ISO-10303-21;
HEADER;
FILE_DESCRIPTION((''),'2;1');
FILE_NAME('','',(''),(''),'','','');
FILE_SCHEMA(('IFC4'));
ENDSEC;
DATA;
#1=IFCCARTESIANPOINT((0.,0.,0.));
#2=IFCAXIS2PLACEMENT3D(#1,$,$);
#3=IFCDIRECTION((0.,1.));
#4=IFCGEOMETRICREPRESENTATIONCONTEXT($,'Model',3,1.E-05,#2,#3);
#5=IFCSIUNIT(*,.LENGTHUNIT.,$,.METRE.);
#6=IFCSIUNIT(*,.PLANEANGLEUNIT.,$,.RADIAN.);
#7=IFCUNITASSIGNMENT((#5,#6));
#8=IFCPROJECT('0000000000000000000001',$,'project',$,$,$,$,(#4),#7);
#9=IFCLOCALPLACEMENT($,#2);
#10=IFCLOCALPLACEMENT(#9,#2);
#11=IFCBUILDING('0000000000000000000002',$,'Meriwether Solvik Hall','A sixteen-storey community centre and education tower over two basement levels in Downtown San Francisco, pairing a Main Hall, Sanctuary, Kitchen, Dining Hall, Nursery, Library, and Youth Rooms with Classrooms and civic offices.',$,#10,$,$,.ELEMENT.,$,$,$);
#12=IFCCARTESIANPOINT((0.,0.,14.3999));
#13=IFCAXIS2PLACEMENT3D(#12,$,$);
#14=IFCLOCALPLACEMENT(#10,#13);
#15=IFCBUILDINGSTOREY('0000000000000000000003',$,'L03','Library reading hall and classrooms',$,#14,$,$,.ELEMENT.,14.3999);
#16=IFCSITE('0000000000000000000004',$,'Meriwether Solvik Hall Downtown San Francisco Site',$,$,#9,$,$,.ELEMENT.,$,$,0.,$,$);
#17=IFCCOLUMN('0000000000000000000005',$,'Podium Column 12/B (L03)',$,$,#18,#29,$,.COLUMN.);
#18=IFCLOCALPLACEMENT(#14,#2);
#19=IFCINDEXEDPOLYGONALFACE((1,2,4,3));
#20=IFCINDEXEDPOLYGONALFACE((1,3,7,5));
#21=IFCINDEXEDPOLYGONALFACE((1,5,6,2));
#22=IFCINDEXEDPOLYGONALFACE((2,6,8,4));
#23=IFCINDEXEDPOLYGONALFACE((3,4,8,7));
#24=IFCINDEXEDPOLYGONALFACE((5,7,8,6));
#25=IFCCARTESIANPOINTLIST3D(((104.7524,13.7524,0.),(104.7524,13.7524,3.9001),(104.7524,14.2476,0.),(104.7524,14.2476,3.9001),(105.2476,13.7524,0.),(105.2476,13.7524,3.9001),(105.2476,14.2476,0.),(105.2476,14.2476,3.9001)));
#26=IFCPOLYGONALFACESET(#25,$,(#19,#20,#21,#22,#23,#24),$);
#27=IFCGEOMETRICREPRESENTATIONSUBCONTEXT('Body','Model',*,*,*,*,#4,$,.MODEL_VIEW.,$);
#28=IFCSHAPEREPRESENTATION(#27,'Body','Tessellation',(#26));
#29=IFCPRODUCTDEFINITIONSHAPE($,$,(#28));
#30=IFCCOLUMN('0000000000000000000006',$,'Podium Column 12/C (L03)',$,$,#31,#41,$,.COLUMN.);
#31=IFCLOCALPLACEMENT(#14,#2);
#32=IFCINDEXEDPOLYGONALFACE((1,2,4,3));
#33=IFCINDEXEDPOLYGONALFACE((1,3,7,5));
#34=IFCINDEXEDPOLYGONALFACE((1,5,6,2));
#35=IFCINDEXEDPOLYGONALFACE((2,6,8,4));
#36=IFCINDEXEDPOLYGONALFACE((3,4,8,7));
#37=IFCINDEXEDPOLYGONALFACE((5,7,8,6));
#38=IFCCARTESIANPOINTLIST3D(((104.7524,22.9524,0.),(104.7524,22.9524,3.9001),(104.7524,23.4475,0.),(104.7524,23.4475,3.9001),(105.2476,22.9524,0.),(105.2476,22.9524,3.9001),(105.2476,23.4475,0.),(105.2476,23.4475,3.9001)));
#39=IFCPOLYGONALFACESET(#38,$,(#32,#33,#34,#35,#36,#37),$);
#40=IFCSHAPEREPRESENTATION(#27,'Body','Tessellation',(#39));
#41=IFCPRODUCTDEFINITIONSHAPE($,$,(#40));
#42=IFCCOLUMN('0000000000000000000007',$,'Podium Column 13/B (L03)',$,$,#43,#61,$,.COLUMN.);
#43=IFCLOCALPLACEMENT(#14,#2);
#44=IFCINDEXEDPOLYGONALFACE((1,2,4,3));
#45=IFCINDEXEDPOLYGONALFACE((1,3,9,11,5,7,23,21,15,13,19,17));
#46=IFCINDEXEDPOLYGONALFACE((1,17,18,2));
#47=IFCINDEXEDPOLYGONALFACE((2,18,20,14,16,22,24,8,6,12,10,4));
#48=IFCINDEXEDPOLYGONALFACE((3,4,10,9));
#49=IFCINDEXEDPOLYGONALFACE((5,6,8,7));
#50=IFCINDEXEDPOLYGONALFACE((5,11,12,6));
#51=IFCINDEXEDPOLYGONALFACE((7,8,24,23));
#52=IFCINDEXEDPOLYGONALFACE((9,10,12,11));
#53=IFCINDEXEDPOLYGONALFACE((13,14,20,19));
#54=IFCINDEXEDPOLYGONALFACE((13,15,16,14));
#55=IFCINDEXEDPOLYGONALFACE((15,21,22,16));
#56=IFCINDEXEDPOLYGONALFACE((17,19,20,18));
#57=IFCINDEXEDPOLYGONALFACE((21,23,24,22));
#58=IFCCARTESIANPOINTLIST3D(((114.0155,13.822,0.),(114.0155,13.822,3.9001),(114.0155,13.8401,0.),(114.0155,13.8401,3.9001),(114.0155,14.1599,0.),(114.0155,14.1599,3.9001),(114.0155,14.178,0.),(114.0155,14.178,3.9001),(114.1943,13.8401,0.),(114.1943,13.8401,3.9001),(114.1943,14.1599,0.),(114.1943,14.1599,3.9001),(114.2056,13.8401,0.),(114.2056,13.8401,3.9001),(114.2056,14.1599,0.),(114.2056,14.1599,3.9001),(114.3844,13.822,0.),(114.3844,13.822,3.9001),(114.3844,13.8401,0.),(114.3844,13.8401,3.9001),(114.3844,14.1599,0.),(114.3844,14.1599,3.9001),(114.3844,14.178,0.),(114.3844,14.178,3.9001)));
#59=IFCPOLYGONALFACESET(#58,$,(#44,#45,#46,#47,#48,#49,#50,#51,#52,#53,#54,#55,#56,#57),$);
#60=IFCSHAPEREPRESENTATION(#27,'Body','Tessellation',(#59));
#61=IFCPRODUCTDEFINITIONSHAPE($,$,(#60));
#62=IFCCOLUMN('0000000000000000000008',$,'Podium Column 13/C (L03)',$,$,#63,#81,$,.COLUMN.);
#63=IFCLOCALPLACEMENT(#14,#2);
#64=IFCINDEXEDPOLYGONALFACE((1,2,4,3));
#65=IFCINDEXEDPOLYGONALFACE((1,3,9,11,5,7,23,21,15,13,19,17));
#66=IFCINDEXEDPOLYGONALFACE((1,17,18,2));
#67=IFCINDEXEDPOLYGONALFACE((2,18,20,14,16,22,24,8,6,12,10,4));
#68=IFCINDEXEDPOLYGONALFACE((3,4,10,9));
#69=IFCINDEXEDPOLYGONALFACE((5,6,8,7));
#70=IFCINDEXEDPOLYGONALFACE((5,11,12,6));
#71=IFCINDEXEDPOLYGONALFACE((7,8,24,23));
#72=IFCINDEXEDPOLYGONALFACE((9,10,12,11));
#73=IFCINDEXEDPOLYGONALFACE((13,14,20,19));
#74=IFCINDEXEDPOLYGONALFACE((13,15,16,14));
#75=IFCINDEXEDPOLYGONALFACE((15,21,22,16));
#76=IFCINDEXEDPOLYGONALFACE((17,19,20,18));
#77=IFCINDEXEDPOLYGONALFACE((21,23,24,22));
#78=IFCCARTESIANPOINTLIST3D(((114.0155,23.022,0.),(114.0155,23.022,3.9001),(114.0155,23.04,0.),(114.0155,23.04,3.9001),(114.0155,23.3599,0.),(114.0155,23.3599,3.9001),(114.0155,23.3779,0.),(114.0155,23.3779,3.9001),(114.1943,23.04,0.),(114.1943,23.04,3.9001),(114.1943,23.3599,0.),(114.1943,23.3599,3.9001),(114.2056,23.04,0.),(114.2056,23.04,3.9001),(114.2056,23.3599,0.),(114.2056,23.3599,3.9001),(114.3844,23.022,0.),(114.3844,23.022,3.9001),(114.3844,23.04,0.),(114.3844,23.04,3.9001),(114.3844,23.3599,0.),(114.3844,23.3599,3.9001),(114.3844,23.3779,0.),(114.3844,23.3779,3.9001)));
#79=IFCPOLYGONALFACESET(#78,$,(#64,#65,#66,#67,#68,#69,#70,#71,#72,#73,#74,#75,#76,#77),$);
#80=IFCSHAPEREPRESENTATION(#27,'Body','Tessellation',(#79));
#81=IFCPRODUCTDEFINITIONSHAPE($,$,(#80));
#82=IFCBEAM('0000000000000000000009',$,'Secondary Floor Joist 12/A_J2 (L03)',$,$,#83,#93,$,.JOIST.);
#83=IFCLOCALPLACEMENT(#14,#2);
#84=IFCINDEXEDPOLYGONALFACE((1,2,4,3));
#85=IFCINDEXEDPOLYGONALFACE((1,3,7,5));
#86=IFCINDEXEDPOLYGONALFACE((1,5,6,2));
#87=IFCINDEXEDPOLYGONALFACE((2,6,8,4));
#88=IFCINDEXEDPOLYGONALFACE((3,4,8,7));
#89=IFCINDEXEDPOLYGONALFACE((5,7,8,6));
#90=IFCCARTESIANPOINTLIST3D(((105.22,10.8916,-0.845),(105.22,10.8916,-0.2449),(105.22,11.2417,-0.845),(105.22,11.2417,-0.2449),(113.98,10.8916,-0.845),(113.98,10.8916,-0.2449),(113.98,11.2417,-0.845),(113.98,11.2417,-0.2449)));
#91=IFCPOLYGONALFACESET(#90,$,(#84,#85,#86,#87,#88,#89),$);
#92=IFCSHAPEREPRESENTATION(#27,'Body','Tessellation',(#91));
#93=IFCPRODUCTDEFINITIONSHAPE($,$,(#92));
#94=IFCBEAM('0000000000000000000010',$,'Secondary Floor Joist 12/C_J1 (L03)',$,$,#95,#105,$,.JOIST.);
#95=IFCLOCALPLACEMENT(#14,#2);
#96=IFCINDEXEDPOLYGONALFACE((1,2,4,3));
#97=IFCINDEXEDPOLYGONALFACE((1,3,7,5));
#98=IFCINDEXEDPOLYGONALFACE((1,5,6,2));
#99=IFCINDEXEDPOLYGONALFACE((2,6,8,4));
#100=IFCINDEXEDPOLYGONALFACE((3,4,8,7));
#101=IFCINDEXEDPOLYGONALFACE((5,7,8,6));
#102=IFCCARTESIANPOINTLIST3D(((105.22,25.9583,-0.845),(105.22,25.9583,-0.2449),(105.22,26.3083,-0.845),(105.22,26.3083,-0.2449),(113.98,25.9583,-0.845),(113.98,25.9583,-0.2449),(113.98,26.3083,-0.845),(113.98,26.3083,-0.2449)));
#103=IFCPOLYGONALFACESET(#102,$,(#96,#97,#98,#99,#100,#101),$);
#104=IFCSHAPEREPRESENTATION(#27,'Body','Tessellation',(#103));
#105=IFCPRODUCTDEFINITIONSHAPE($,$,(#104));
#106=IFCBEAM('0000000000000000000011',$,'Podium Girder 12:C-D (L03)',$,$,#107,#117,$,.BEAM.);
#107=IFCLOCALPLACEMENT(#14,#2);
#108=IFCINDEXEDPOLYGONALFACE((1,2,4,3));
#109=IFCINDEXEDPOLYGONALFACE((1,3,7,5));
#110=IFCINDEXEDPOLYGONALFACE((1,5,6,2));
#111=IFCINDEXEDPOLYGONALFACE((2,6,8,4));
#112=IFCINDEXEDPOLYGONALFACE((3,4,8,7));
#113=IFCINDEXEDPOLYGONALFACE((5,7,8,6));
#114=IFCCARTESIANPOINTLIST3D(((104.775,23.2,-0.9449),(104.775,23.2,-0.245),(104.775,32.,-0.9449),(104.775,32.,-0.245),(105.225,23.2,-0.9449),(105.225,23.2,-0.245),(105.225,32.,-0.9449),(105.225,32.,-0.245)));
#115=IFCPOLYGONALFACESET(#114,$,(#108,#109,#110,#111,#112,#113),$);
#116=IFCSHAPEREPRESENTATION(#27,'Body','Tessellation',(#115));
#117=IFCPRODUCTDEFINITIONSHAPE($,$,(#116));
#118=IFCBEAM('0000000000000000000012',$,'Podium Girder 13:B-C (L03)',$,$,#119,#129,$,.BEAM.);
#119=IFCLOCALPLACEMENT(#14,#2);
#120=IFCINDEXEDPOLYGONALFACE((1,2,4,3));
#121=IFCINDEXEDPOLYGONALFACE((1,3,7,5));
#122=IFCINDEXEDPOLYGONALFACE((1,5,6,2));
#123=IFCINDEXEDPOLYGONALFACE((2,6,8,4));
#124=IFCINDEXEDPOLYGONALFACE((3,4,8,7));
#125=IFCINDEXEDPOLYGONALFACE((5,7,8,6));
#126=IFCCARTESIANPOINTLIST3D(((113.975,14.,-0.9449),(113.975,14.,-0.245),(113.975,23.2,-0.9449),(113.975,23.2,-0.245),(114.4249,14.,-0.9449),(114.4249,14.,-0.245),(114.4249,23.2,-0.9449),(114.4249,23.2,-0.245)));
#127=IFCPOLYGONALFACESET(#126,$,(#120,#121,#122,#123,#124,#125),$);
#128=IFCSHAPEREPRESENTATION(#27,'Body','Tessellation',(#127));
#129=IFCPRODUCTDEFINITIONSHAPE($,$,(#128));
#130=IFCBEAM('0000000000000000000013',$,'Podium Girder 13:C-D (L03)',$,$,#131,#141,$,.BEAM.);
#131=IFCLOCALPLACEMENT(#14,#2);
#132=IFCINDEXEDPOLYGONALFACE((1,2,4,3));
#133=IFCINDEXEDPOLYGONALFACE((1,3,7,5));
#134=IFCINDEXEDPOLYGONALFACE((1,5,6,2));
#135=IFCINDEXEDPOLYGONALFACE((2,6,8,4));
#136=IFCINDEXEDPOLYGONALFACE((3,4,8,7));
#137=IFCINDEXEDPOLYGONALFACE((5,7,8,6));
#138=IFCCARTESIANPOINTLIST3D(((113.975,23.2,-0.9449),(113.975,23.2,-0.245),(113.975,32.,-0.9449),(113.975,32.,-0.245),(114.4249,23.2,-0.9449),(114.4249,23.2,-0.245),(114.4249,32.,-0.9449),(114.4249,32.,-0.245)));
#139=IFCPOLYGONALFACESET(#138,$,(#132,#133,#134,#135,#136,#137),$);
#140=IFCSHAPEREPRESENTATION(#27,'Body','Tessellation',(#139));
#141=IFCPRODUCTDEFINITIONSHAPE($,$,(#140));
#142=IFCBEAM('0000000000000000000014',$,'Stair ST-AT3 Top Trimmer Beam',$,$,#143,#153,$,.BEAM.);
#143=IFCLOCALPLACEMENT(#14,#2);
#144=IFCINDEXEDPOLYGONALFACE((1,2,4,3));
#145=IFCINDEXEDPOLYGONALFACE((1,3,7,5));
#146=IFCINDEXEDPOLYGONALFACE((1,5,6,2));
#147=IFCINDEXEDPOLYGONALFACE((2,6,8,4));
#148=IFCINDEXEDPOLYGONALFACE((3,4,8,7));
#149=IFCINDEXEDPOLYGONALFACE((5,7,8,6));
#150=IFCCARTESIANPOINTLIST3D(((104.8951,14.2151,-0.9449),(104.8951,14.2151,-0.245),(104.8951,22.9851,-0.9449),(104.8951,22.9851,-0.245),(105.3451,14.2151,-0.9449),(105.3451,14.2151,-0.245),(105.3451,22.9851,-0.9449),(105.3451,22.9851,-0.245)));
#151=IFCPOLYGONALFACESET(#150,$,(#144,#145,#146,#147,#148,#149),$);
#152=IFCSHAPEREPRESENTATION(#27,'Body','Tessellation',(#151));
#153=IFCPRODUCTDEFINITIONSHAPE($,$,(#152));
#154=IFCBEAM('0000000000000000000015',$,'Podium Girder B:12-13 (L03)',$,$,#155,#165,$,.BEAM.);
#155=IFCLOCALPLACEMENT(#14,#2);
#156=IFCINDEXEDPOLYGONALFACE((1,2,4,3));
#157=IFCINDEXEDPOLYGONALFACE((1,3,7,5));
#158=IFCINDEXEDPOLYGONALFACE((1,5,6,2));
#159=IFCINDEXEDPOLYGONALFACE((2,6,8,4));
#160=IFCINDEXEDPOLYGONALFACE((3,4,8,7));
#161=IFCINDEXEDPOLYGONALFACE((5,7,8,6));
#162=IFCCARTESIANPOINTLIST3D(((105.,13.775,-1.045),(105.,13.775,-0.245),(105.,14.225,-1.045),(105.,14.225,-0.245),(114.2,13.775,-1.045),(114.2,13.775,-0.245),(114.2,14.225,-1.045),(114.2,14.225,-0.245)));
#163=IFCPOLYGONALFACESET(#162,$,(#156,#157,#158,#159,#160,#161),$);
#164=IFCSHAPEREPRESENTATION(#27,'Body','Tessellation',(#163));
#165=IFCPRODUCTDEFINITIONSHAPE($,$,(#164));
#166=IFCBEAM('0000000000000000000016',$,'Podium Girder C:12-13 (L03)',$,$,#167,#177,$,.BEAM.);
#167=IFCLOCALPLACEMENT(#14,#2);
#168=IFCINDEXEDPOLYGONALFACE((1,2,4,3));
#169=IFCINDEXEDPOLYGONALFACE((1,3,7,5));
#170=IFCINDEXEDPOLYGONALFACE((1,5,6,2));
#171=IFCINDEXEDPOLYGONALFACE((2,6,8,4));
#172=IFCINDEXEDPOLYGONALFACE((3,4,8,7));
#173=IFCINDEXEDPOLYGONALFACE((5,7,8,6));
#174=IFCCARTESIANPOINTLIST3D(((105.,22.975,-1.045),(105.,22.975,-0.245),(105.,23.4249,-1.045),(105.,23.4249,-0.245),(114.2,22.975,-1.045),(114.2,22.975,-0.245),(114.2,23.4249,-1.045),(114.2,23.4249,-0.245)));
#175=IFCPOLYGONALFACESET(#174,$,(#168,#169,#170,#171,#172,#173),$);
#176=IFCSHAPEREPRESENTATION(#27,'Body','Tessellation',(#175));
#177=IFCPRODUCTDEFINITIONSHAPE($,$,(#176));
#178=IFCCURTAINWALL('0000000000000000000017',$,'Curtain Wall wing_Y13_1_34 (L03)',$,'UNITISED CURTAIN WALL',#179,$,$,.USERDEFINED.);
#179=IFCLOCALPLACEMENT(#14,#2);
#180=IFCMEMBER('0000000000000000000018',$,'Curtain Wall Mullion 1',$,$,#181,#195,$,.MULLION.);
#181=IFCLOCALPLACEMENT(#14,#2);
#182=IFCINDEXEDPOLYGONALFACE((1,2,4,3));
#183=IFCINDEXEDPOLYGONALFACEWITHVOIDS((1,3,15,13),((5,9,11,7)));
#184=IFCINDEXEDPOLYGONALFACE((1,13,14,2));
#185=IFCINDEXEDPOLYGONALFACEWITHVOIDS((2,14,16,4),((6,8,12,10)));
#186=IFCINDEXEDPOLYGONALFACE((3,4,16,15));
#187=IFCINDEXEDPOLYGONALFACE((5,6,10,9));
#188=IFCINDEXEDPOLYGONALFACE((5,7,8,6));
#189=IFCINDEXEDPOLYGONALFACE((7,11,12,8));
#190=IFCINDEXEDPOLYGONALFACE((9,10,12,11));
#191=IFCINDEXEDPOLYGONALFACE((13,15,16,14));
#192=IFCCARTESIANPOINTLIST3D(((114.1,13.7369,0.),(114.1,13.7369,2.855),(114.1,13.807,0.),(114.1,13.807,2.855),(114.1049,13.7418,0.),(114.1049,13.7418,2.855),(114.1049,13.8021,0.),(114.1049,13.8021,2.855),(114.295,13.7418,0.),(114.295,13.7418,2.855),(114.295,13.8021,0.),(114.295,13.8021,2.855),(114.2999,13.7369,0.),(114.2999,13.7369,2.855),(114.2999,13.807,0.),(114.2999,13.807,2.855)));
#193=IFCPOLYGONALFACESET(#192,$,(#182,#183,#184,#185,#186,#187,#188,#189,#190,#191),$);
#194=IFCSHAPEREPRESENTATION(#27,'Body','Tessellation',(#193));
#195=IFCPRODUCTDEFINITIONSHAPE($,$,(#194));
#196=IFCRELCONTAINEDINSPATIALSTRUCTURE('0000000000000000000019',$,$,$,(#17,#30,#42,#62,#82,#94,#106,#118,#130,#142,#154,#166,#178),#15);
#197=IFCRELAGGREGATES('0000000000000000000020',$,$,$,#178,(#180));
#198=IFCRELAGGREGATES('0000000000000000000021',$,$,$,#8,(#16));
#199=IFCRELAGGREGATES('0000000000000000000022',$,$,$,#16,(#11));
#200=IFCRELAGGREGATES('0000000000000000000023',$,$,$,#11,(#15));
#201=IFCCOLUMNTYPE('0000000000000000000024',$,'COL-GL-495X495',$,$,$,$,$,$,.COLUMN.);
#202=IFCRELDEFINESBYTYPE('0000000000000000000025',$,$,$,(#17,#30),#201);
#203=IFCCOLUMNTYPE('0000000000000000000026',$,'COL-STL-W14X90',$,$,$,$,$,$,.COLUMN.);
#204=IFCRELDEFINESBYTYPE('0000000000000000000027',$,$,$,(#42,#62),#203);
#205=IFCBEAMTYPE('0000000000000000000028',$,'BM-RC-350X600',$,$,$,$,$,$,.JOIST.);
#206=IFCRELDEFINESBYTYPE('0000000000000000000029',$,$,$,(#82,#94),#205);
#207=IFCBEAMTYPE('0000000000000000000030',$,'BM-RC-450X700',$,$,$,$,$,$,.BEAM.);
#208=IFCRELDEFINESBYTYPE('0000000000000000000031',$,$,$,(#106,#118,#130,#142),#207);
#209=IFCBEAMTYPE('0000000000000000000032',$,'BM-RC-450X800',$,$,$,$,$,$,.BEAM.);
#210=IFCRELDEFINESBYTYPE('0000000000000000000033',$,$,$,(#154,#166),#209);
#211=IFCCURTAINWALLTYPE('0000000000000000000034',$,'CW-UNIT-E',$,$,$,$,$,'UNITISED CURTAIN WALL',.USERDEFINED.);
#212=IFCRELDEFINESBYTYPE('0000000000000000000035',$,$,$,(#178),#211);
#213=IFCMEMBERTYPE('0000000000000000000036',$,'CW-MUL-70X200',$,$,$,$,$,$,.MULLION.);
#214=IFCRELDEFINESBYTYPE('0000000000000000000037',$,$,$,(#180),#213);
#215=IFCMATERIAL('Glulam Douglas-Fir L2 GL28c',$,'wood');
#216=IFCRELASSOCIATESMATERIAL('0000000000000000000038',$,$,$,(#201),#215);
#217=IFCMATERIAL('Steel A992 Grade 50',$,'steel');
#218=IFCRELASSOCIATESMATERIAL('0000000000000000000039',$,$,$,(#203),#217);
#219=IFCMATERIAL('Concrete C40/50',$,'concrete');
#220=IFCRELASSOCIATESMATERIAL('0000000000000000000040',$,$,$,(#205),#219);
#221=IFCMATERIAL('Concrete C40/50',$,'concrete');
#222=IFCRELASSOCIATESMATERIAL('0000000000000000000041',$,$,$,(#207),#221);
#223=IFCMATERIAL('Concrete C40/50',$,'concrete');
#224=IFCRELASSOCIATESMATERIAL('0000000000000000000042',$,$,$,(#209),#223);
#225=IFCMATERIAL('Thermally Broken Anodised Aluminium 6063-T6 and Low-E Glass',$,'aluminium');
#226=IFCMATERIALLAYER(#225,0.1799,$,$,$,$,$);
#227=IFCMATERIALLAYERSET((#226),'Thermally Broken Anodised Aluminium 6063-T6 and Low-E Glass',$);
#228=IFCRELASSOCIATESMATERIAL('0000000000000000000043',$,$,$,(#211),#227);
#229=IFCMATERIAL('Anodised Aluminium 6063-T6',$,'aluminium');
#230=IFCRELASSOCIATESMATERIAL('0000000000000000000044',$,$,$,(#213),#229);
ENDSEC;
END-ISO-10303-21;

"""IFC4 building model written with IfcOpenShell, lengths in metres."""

from ifc_helpers import new_model, si_unit, direction, frame, origin, origin_2d, place, context, subcontext, project, spatial, rectangle, hollow_rectangle, i_section, extrude, material, layer, layer_set, material_profile, profile_set, type_object, element, aggregate, save


model = new_model("IFC4")

# Units and contexts
model_context = context("Model", 3, precision=1e-05, world=origin(), true_north=direction((0.0, 1.0)))
body_context = subcontext(model_context, "Body", "Model", "MODEL_VIEW")
ifc_project = project(units=[si_unit("LENGTHUNIT", "METRE"), si_unit("PLANEANGLEUNIT", "RADIAN")], contexts=[model_context])

# Site, building, storey
site_placement = place(None, origin())
site = spatial("IfcSite", under=ifc_project, at=site_placement, Name="Meriwether Solvik Hall Downtown San Francisco Site", CompositionType="ELEMENT", RefElevation=0.0)
building_placement = place(site_placement, origin())
building = spatial("IfcBuilding", under=site, at=building_placement, Name="Meriwether Solvik Hall", Description="A sixteen-storey community centre and education tower over two basement levels in Downtown San Francisco, pairing a Main Hall, Sanctuary, Kitchen, Dining Hall, Nursery, Library, and Youth Rooms with Classrooms and civic offices.", CompositionType="ELEMENT")
storey_placement = place(building_placement, frame((0.0, 0.0, 14.3999)))
storey = spatial("IfcBuildingStorey", under=building, at=storey_placement, Name="L03", Description="Library reading hall and classrooms", CompositionType="ELEMENT", Elevation=14.3999)

# Columns
ifc_material_1 = material(Name="Glulam Douglas-Fir L2 GL28c", Category="wood")
ifc_material_profile_1 = material_profile(ifc_material_1, rectangle(XDim=0.4951, YDim=0.4951, at=origin_2d()), Name="GLC-495X495")
ifc_profile_set_1 = profile_set([ifc_material_profile_1], Name="Glulam Douglas-Fir L2 GL28c")
column_type_1 = type_object("IfcColumnType", Name="COL-GL-495X495", PredefinedType="COLUMN", material=ifc_profile_set_1)
for number, where, z_axis, x_axis, name in (
    (1, (105.0, 14.0, 0.0), (0.0, 0.0, 1.0), (1.0, 0.0, 0.0), "Podium Column 12/B (L03)"),
    (2, (105.0, 23.2, 0.0), (0.0, 0.0, 1.0), (1.0, 0.0, 0.0), "Podium Column 12/C (L03)"),
):
    element("IfcColumn", number, at=place(storey_placement, frame(where, z_axis=z_axis, x_axis=x_axis)), inside=storey, type_object=column_type_1, Name=name, PredefinedType="COLUMN", context=body_context, shape_type="SweptSolid", body=[
        extrude(rectangle(XDim=0.4951, YDim=0.4951, at=origin_2d()), origin(), (0.0, 0.0, 1.0), 3.9001),
    ])
ifc_material_2 = material(Name="Steel A992 Grade 50", Category="steel")
ifc_material_profile_2 = material_profile(ifc_material_2, i_section(OverallWidth=0.3689, OverallDepth=0.356, WebThickness=0.0112, FlangeThickness=0.0181, at=origin_2d()), Name="W14X90")
ifc_profile_set_2 = profile_set([ifc_material_profile_2], Name="Steel A992 Grade 50")
column_type_2 = type_object("IfcColumnType", Name="COL-STL-W14X90", PredefinedType="COLUMN", material=ifc_profile_set_2)
for number, where, z_axis, x_axis, name in (
    (3, (114.2, 14.0, 0.0), (0.0, 0.0, 1.0), (1.0, 0.0, 0.0), "Podium Column 13/B (L03)"),
    (4, (114.2, 23.2, 0.0), (0.0, 0.0, 1.0), (1.0, 0.0, 0.0), "Podium Column 13/C (L03)"),
):
    element("IfcColumn", number, at=place(storey_placement, frame(where, z_axis=z_axis, x_axis=x_axis)), inside=storey, type_object=column_type_2, Name=name, PredefinedType="COLUMN", context=body_context, shape_type="SweptSolid", body=[
        extrude(i_section(OverallWidth=0.3689, OverallDepth=0.356, WebThickness=0.0112, FlangeThickness=0.0181, at=origin_2d()), origin(), (0.0, 0.0, 1.0), 3.9001),
    ])

# Beams
ifc_material_3 = material(Name="Concrete C40/50", Category="concrete")
ifc_material_profile_3 = material_profile(ifc_material_3, rectangle(XDim=0.3501, YDim=0.6001, at=origin_2d()), Name="RCB-350X600")
ifc_profile_set_3 = profile_set([ifc_material_profile_3], Name="Concrete C40/50")
beam_type_1 = type_object("IfcBeamType", Name="BM-RC-350X600", PredefinedType="JOIST", material=ifc_profile_set_3)
for number, where, z_axis, x_axis, name in (
    (5, (105.22, 11.0667, -0.5449), (1.0, 0.0, 0.0), (0.0, 1.0, 0.0), "Secondary Floor Joist 12/A_J2 (L03)"),
    (6, (105.22, 26.1333, -0.5449), (1.0, 0.0, 0.0), (0.0, 1.0, 0.0), "Secondary Floor Joist 12/C_J1 (L03)"),
):
    element("IfcBeam", number, at=place(storey_placement, frame(where, z_axis=z_axis, x_axis=x_axis)), inside=storey, type_object=beam_type_1, Name=name, PredefinedType="JOIST", context=body_context, shape_type="SweptSolid", body=[
        extrude(rectangle(XDim=0.3501, YDim=0.6001, at=origin_2d()), origin(), (0.0, 0.0, 1.0), 8.76),
    ])
ifc_material_4 = material(Name="Concrete C40/50", Category="concrete")
ifc_material_profile_4 = material_profile(ifc_material_4, rectangle(XDim=0.45, YDim=0.7, at=origin_2d()), Name="RCB-450X700")
ifc_profile_set_4 = profile_set([ifc_material_profile_4], Name="Concrete C40/50")
beam_type_2 = type_object("IfcBeamType", Name="BM-RC-450X700", PredefinedType="BEAM", material=ifc_profile_set_4)
beam_1_placement = place(storey_placement, frame((105.0, 23.2, -0.595), z_axis=(0.0, 1.0, 0.0), x_axis=(-1.0, 0.0, 0.0)))
element("IfcBeam", 7, at=beam_1_placement, inside=storey, type_object=beam_type_2, Name="Podium Girder 12:C-D (L03)", PredefinedType="BEAM", context=body_context, shape_type="SweptSolid", body=[
    extrude(rectangle(XDim=0.45, YDim=0.7, at=origin_2d()), origin(), (0.0, 0.0, 1.0), 8.8),
])
beam_2_placement = place(storey_placement, frame((114.2, 14.0, -0.595), z_axis=(0.0, 1.0, 0.0), x_axis=(-1.0, 0.0, 0.0)))
element("IfcBeam", 8, at=beam_2_placement, inside=storey, type_object=beam_type_2, Name="Podium Girder 13:B-C (L03)", PredefinedType="BEAM", context=body_context, shape_type="SweptSolid", body=[
    extrude(rectangle(XDim=0.45, YDim=0.7, at=origin_2d()), origin(), (0.0, 0.0, 1.0), 9.2),
])
beam_3_placement = place(storey_placement, frame((114.2, 23.2, -0.595), z_axis=(0.0, 1.0, 0.0), x_axis=(-1.0, 0.0, 0.0)))
element("IfcBeam", 9, at=beam_3_placement, inside=storey, type_object=beam_type_2, Name="Podium Girder 13:C-D (L03)", PredefinedType="BEAM", context=body_context, shape_type="SweptSolid", body=[
    extrude(rectangle(XDim=0.45, YDim=0.7, at=origin_2d()), origin(), (0.0, 0.0, 1.0), 8.8),
])
beam_4_placement = place(storey_placement, frame((105.1201, 14.2151, -0.595), z_axis=(0.0, 1.0, 0.0), x_axis=(-1.0, 0.0, 0.0)))
element("IfcBeam", 10, at=beam_4_placement, inside=storey, type_object=beam_type_2, Name="Stair ST-AT3 Top Trimmer Beam", PredefinedType="BEAM", context=body_context, shape_type="SweptSolid", body=[
    extrude(rectangle(XDim=0.45, YDim=0.7, at=origin_2d()), origin(), (0.0, 0.0, 1.0), 8.77),
])
ifc_material_5 = material(Name="Concrete C40/50", Category="concrete")
ifc_material_profile_5 = material_profile(ifc_material_5, rectangle(XDim=0.45, YDim=0.8, at=origin_2d()), Name="RCB-450X800")
ifc_profile_set_5 = profile_set([ifc_material_profile_5], Name="Concrete C40/50")
beam_type_3 = type_object("IfcBeamType", Name="BM-RC-450X800", PredefinedType="BEAM", material=ifc_profile_set_5)
for number, where, z_axis, x_axis, name in (
    (11, (105.0, 14.0, -0.645), (1.0, 0.0, 0.0), (0.0, 1.0, 0.0), "Podium Girder B:12-13 (L03)"),
    (12, (105.0, 23.2, -0.645), (1.0, 0.0, 0.0), (0.0, 1.0, 0.0), "Podium Girder C:12-13 (L03)"),
):
    element("IfcBeam", number, at=place(storey_placement, frame(where, z_axis=z_axis, x_axis=x_axis)), inside=storey, type_object=beam_type_3, Name=name, PredefinedType="BEAM", context=body_context, shape_type="SweptSolid", body=[
        extrude(rectangle(XDim=0.45, YDim=0.8, at=origin_2d()), origin(), (0.0, 0.0, 1.0), 9.2),
    ])

# Curtain wall, member
ifc_material_6 = material(Name="Thermally Broken Anodised Aluminium 6063-T6 and Low-E Glass", Category="aluminium")
ifc_layer_1 = layer(ifc_material_6, 0.1799)
ifc_layer_set_1 = layer_set([ifc_layer_1], Name="Thermally Broken Anodised Aluminium 6063-T6 and Low-E Glass")
curtain_wall_type = type_object("IfcCurtainWallType", Name="CW-UNIT-E", ElementType="UNITISED CURTAIN WALL", PredefinedType="USERDEFINED", material=ifc_layer_set_1)
curtain_wall_placement = place(storey_placement, origin())
curtain_wall = element("IfcCurtainWall", 13, at=curtain_wall_placement, inside=storey, type_object=curtain_wall_type, Name="Curtain Wall wing_Y13_1_34 (L03)", ObjectType="UNITISED CURTAIN WALL", PredefinedType="USERDEFINED")
ifc_material_7 = material(Name="Anodised Aluminium 6063-T6", Category="aluminium")
ifc_material_profile_6 = material_profile(ifc_material_7, hollow_rectangle(XDim=0.0701, YDim=0.2, WallThickness=0.0049, at=origin_2d()), Name="CWM-70X200")
ifc_profile_set_6 = profile_set([ifc_material_profile_6], Name="Anodised Aluminium 6063-T6")
member_type_1 = type_object("IfcMemberType", Name="CW-MUL-70X200", PredefinedType="MULLION", material=ifc_profile_set_6)
member_1_placement = place(storey_placement, frame((114.2, 13.772, 0.0), z_axis=(0.0, 0.0, 1.0), x_axis=(0.0, -1.0, 0.0)))
member_1 = element("IfcMember", 14, at=member_1_placement, type_object=member_type_1, Name="Curtain Wall Mullion 1", PredefinedType="MULLION", context=body_context, shape_type="SweptSolid", body=[
    extrude(hollow_rectangle(XDim=0.0701, YDim=0.2, WallThickness=0.0049, at=origin_2d()), origin(), (0.0, 0.0, 1.0), 2.855),
])
aggregate(curtain_wall, [member_1])

save(model, "model.ifc")
